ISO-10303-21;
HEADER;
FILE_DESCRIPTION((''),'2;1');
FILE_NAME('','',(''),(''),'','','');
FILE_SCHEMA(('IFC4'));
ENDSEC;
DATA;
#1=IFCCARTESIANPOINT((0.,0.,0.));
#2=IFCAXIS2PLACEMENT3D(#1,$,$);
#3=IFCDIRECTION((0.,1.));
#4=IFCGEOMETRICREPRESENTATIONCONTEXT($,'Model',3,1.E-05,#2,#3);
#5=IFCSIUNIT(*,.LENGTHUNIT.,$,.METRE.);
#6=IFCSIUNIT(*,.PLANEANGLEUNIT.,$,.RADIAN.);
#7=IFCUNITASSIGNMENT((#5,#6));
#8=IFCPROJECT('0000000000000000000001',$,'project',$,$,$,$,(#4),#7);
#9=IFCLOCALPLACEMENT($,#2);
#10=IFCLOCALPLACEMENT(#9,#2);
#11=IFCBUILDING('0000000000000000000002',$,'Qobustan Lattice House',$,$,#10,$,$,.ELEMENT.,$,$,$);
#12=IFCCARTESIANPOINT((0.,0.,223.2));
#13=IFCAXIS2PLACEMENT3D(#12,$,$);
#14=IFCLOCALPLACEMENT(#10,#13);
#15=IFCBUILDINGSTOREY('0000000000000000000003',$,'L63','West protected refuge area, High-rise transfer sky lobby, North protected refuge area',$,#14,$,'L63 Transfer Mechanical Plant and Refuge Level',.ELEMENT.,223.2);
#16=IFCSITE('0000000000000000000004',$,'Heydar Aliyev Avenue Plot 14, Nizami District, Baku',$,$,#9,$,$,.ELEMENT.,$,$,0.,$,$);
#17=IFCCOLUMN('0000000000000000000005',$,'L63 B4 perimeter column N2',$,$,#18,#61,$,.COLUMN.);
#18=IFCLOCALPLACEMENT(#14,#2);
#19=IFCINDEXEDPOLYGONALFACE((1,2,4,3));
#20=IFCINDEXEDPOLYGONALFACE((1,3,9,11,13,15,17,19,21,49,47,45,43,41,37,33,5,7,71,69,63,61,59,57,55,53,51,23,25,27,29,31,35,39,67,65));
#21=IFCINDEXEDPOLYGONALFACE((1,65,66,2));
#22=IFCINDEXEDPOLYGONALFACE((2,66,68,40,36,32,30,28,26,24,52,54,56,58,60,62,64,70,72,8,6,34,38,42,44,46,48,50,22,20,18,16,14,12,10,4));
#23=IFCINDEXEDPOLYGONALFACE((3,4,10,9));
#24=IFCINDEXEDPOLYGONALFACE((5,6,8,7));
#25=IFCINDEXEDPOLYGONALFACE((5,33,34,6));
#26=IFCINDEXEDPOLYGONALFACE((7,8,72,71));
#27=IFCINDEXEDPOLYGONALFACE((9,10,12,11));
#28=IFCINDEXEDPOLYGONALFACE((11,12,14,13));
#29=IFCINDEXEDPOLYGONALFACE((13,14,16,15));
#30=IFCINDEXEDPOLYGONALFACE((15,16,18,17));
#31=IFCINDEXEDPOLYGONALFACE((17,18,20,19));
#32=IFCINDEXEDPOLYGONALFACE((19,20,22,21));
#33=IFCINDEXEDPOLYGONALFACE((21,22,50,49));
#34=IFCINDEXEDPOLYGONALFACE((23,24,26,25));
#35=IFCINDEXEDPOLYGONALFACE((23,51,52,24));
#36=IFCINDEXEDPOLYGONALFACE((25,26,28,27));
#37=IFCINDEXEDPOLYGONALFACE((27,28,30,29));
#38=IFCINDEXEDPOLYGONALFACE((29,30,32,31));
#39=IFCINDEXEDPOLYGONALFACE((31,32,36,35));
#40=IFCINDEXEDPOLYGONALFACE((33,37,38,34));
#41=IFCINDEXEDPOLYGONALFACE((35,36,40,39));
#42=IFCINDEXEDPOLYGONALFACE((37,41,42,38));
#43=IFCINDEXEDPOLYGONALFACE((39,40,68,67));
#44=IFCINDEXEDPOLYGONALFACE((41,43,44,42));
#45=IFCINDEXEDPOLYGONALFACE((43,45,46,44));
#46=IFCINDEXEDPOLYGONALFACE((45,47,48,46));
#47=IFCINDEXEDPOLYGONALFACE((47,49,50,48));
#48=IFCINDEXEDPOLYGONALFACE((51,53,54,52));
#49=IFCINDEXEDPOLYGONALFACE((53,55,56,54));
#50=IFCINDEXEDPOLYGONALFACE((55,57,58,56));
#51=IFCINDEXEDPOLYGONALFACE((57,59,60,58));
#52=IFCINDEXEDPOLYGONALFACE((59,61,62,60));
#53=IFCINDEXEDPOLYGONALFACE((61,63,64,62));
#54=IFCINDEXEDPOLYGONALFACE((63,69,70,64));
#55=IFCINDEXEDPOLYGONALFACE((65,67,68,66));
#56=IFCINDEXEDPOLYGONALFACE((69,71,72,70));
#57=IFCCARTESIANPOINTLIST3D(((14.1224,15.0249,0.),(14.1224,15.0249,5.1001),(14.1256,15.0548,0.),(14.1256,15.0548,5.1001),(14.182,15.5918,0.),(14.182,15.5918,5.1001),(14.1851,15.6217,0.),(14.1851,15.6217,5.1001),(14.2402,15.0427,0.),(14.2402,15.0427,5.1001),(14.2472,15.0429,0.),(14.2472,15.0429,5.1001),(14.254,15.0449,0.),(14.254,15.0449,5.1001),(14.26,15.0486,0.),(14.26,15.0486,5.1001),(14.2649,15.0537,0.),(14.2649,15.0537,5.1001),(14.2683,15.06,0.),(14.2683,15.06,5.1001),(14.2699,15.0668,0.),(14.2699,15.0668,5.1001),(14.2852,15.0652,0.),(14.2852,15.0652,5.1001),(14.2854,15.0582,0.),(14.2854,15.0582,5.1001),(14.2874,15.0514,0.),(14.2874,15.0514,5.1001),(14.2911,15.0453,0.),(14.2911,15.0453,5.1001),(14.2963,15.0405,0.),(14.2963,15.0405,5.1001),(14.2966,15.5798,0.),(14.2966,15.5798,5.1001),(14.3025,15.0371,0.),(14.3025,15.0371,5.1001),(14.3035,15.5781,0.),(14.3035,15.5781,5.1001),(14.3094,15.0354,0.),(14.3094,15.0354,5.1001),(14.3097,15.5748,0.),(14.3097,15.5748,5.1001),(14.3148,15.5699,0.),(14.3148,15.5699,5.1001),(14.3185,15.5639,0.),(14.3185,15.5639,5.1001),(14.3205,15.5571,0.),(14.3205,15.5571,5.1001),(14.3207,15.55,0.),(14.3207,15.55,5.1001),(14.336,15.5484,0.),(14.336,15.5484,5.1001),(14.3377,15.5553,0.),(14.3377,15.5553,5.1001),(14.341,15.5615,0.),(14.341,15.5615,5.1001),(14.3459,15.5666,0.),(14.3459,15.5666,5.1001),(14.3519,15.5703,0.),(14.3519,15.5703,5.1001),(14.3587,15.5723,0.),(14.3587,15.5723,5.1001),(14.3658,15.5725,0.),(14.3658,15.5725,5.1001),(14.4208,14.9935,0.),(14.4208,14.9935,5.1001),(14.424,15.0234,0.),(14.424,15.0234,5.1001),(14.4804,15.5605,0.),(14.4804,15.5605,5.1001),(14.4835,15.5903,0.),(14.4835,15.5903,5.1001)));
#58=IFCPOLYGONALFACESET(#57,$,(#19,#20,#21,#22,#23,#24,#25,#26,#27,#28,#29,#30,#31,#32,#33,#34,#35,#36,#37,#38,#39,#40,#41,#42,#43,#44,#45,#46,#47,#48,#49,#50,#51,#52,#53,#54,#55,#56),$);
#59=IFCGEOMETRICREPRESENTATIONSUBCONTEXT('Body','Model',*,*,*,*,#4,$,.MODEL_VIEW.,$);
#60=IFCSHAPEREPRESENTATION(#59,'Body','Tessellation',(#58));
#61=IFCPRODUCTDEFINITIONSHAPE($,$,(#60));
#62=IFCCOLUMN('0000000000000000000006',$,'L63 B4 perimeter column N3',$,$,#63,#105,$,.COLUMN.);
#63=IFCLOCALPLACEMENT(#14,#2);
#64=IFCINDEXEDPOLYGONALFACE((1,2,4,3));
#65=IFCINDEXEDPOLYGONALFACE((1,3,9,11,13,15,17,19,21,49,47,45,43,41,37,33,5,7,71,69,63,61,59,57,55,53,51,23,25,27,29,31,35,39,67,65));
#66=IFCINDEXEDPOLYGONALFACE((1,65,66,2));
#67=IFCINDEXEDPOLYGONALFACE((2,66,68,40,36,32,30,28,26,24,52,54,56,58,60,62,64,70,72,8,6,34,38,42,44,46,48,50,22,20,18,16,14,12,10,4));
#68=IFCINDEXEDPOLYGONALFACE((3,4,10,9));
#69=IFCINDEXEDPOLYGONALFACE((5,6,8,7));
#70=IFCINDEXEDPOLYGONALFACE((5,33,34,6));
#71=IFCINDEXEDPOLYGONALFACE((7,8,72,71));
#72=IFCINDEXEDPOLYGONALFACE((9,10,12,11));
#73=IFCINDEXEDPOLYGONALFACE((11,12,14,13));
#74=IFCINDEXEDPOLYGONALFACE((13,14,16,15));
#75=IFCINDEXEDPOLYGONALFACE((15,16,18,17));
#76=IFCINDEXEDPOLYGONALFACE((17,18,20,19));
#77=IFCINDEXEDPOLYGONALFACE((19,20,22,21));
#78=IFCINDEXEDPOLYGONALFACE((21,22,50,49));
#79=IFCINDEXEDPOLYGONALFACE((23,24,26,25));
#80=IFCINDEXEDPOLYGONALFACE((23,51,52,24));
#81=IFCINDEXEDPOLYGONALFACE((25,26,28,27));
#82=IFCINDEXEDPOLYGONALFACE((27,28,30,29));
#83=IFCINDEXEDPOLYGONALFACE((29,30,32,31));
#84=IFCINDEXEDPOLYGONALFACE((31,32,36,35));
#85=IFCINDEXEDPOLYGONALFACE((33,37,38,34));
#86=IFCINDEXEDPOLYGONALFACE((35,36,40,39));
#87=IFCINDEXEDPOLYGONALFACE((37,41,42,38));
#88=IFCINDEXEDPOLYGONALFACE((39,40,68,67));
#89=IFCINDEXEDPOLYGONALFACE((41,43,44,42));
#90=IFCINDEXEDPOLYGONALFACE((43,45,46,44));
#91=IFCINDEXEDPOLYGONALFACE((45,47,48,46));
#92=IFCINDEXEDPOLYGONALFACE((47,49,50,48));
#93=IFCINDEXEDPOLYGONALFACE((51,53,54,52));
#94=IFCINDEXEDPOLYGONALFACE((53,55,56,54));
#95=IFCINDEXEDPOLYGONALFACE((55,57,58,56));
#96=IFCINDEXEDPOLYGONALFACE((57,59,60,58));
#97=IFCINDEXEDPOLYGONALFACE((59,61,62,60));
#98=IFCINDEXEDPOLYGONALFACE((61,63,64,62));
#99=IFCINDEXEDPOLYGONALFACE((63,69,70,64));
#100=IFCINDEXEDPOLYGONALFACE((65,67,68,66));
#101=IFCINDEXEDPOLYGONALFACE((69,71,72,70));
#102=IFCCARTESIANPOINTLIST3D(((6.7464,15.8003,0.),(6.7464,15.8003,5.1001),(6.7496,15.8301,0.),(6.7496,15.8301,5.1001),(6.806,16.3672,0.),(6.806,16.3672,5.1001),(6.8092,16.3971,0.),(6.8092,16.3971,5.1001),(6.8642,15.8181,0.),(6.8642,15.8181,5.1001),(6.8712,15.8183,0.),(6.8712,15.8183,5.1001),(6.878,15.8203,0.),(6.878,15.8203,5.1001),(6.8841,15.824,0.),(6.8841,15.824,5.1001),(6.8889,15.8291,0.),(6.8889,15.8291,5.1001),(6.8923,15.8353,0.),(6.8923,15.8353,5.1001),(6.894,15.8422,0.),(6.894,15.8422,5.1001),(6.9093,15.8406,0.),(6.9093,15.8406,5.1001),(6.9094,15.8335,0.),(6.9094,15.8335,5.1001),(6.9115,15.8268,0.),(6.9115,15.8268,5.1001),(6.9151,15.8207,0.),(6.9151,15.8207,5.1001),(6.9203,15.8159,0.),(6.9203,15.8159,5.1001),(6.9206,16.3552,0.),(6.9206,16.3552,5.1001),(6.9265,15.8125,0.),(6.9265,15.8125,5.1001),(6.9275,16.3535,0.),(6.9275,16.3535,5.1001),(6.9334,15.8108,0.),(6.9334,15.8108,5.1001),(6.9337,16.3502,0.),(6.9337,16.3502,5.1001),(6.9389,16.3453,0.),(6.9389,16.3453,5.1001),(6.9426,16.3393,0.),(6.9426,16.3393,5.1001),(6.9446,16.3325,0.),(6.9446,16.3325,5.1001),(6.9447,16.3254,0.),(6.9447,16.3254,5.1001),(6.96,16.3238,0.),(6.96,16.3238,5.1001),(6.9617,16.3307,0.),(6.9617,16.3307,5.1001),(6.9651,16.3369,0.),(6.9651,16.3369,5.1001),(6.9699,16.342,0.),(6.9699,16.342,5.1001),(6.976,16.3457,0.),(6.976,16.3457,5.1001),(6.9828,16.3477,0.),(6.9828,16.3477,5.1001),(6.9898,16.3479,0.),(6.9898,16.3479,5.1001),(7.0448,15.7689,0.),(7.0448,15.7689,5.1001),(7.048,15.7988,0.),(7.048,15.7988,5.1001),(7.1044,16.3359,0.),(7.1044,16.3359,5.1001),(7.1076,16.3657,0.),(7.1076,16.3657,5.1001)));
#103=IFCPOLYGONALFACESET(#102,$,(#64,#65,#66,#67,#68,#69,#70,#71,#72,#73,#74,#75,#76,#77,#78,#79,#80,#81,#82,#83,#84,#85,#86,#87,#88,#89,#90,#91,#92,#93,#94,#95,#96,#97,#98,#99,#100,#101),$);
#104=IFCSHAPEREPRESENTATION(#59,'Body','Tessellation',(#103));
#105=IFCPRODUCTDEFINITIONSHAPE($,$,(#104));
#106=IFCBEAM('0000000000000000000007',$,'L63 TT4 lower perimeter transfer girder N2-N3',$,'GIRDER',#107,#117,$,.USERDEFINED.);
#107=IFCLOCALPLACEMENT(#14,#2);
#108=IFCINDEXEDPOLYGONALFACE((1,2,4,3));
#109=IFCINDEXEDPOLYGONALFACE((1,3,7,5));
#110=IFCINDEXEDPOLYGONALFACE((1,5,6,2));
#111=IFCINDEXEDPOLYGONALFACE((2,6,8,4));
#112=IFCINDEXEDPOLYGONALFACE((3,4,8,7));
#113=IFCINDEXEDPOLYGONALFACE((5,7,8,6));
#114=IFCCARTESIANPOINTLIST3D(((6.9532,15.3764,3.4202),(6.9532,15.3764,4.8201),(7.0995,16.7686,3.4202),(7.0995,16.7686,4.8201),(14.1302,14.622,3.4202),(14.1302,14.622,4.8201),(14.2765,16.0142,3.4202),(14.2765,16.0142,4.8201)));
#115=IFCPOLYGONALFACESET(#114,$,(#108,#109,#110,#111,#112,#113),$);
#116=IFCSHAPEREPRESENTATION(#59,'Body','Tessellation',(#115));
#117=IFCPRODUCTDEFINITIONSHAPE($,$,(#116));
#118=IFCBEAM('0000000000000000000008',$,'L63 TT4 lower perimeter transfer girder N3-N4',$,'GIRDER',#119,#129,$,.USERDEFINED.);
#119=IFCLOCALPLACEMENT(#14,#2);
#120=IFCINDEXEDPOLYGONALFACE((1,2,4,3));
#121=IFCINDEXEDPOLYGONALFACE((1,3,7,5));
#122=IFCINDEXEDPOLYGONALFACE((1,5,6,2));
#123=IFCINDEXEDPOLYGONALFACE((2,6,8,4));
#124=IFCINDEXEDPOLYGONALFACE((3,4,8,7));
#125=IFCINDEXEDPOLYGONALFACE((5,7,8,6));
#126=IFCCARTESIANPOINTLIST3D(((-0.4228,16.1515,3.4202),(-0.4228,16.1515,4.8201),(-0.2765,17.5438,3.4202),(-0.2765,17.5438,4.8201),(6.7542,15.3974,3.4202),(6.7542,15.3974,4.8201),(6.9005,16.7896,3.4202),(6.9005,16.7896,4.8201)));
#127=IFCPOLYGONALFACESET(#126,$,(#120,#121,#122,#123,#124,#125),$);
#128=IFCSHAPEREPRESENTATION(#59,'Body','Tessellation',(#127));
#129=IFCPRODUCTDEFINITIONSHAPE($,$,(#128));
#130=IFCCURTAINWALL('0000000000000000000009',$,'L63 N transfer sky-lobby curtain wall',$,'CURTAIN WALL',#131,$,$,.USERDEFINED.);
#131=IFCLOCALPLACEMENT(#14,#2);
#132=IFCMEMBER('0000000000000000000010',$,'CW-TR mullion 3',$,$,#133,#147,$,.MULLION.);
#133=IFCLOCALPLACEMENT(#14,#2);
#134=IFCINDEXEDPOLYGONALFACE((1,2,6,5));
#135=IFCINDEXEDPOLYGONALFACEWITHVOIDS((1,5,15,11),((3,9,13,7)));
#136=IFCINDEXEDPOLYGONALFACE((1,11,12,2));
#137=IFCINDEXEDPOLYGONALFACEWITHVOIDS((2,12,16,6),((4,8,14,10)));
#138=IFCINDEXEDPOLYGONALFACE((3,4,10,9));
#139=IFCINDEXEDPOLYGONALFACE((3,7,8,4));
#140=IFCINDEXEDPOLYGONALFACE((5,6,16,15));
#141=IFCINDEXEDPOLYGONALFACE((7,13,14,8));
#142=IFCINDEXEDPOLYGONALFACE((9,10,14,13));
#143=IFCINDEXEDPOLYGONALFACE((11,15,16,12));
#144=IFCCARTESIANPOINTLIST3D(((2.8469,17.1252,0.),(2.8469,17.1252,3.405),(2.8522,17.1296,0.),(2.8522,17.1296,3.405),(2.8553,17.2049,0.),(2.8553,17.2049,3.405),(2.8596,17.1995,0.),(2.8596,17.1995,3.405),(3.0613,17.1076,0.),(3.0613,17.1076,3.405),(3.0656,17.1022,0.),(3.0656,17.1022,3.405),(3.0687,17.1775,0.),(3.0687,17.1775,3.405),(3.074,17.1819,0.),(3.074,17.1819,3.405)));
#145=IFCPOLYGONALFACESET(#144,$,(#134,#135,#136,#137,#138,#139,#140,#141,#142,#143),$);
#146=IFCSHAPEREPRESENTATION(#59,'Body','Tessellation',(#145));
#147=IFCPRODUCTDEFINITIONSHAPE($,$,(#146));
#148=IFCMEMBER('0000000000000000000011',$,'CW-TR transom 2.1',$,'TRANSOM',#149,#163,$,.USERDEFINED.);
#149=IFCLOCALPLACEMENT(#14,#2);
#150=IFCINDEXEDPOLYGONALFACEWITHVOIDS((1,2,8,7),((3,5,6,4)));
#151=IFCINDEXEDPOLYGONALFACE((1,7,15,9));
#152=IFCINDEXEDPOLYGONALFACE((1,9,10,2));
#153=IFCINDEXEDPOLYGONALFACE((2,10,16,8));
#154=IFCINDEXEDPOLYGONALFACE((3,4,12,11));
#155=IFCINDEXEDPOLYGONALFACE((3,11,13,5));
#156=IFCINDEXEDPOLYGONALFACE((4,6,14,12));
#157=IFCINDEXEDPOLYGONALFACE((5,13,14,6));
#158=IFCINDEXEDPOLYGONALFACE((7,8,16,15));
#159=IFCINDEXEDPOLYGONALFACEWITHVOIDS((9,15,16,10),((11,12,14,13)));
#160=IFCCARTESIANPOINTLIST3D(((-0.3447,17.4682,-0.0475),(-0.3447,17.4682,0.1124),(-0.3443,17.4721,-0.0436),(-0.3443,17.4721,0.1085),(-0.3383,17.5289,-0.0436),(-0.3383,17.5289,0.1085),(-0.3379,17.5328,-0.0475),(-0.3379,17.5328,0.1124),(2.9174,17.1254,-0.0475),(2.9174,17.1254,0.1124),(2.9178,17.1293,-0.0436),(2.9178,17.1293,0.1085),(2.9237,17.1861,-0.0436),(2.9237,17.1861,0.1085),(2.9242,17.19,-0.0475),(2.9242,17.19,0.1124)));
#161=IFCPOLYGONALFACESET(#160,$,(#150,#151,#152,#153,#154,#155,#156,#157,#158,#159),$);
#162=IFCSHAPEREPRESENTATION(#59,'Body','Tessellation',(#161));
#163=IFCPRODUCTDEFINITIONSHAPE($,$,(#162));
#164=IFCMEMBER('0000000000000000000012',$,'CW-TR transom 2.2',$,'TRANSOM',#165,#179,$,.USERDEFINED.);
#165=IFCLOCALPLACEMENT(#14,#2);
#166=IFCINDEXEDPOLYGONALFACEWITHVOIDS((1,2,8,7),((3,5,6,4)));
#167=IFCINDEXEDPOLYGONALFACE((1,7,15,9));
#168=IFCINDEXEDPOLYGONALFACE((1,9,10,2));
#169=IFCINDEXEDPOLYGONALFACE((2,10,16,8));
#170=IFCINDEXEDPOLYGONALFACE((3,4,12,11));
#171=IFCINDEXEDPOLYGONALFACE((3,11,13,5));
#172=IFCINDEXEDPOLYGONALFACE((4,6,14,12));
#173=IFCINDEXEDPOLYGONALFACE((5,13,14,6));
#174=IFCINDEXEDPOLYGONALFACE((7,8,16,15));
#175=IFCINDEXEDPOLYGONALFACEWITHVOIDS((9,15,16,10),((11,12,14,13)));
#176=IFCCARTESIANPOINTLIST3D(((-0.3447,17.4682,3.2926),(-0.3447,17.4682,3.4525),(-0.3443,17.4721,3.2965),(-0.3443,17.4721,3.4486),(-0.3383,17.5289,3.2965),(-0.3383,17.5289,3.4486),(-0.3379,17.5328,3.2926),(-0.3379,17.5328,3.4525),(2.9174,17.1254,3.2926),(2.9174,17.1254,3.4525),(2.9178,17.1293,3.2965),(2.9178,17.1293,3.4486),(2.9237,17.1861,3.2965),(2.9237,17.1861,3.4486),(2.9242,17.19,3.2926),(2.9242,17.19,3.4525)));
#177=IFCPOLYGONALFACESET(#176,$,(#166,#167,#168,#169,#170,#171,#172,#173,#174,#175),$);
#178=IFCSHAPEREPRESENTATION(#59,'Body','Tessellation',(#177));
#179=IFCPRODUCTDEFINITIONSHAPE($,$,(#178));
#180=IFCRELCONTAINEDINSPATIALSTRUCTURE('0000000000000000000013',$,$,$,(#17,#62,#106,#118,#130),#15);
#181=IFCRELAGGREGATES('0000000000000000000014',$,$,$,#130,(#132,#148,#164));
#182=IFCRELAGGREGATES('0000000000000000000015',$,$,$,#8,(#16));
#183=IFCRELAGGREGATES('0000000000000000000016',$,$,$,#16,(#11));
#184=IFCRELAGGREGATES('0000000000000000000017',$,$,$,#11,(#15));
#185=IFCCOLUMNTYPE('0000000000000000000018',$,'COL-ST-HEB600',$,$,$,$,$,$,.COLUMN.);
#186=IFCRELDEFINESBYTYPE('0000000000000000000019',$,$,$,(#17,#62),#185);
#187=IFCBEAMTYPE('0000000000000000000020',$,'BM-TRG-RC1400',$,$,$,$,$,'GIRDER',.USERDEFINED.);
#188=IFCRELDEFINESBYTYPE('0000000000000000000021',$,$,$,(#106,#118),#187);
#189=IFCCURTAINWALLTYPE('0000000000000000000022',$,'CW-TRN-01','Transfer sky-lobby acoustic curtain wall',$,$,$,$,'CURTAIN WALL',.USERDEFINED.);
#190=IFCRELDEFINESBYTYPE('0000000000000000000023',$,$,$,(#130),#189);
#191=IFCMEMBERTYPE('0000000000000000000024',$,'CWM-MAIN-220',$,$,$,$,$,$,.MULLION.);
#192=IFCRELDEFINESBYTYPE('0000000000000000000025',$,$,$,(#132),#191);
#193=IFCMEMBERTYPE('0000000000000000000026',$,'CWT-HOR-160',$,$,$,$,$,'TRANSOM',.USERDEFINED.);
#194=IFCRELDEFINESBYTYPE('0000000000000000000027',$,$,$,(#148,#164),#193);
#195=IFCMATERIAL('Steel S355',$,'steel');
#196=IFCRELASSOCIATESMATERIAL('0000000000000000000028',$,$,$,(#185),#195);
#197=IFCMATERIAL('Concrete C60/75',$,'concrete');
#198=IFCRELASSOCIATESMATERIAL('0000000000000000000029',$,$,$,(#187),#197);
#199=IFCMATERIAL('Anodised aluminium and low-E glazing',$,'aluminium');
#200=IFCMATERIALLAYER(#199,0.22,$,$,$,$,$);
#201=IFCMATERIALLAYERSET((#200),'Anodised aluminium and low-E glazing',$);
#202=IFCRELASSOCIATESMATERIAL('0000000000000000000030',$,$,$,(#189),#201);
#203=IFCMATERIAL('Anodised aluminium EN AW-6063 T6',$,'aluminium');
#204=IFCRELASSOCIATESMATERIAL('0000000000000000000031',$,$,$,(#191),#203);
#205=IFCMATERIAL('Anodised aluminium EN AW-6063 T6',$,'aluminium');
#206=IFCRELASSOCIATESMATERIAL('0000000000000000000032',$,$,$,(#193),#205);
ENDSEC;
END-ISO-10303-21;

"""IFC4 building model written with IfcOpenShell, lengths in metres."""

from ifc_helpers import new_model, si_unit, direction, frame, origin, origin_2d, place, context, subcontext, project, spatial, rectangle, hollow_rectangle, i_section, extrude, material, layer, layer_set, material_profile, profile_set, type_object, element, aggregate, save


model = new_model("IFC4")

# Units and contexts
model_context = context("Model", 3, precision=1e-05, world=origin(), true_north=direction((0.0, 1.0)))
body_context = subcontext(model_context, "Body", "Model", "MODEL_VIEW")
ifc_project = project(units=[si_unit("LENGTHUNIT", "METRE"), si_unit("PLANEANGLEUNIT", "RADIAN")], contexts=[model_context])

# Site, building, storey
site_placement = place(None, origin())
site = spatial("IfcSite", under=ifc_project, at=site_placement, Name="Heydar Aliyev Avenue Plot 14, Nizami District, Baku", CompositionType="ELEMENT", RefElevation=0.0)
building_placement = place(site_placement, origin())
building = spatial("IfcBuilding", under=site, at=building_placement, Name="Qobustan Lattice House", CompositionType="ELEMENT")
storey_placement = place(building_placement, frame((0.0, 0.0, 223.2)))
storey = spatial("IfcBuildingStorey", under=building, at=storey_placement, Name="L63", Description="West protected refuge area, High-rise transfer sky lobby, North protected refuge area", LongName="L63 Transfer Mechanical Plant and Refuge Level", CompositionType="ELEMENT", Elevation=223.2)

# Columns
ifc_material_1 = material(Name="Steel S355", Category="steel")
ifc_material_profile_1 = material_profile(ifc_material_1, i_section(OverallWidth=0.3, OverallDepth=0.6001, WebThickness=0.0154, FlangeThickness=0.03, FilletRadius=0.0271, at=origin_2d()), Name="HEB600")
ifc_profile_set_1 = profile_set([ifc_material_profile_1], Name="Steel S355")
column_type = type_object("IfcColumnType", Name="COL-ST-HEB600", PredefinedType="COLUMN", material=ifc_profile_set_1)
for number, where, z_axis, x_axis, name in (
    (1, (14.303, 15.3076, 0.0), (0.0, 0.0, 1.0), (0.994522, -0.104528, 0.0), "L63 B4 perimeter column N2"),
    (2, (6.927, 16.083, 0.0), (0.0, 0.0, 1.0), (0.994522, -0.104528, 0.0), "L63 B4 perimeter column N3"),
):
    element("IfcColumn", number, at=place(storey_placement, frame(where, z_axis=z_axis, x_axis=x_axis)), inside=storey, type_object=column_type, Name=name, PredefinedType="COLUMN", context=body_context, shape_type="SweptSolid", body=[
        extrude(i_section(OverallWidth=0.3, OverallDepth=0.6001, WebThickness=0.0154, FlangeThickness=0.03, FilletRadius=0.0271, at=origin_2d()), origin(), (0.0, 0.0, 1.0), 5.1001),
    ])

# Beams
ifc_material_2 = material(Name="Concrete C60/75", Category="concrete")
ifc_material_profile_2 = material_profile(ifc_material_2, rectangle(XDim=1.3999, YDim=1.3999, at=origin_2d()), Name="RC1400x1400")
ifc_profile_set_2 = profile_set([ifc_material_profile_2], Name="Concrete C60/75")
beam_type = type_object("IfcBeamType", Name="BM-TRG-RC1400", ElementType="GIRDER", PredefinedType="USERDEFINED", material=ifc_profile_set_2)
for number, where, z_axis, x_axis, name in (
    (3, (14.2034, 15.3181, 4.1201), (-0.994521, 0.104537, 0.0), (-0.104537, -0.994521, 0.0), "L63 TT4 lower perimeter transfer girder N2-N3"),
    (4, (6.8274, 16.0935, 4.1201), (-0.994525, 0.104503, 0.0), (-0.104503, -0.994525, 0.0), "L63 TT4 lower perimeter transfer girder N3-N4"),
):
    element("IfcBeam", number, at=place(storey_placement, frame(where, z_axis=z_axis, x_axis=x_axis)), inside=storey, type_object=beam_type, Name=name, ObjectType="GIRDER", PredefinedType="USERDEFINED", context=body_context, shape_type="SweptSolid", body=[
        extrude(rectangle(XDim=1.3999, YDim=1.3999, at=origin_2d()), origin(), (0.0, 0.0, 1.0), 7.2166),
    ])

# Curtain wall, members
ifc_material_3 = material(Name="Anodised aluminium and low-E glazing", Category="aluminium")
ifc_layer_1 = layer(ifc_material_3, 0.22)
ifc_layer_set_1 = layer_set([ifc_layer_1], Name="Anodised aluminium and low-E glazing")
curtain_wall_type = type_object("IfcCurtainWallType", Name="CW-TRN-01", Description="Transfer sky-lobby acoustic curtain wall", ElementType="CURTAIN WALL", PredefinedType="USERDEFINED", material=ifc_layer_set_1)
curtain_wall_placement = place(storey_placement, origin())
curtain_wall = element("IfcCurtainWall", 5, at=curtain_wall_placement, inside=storey, type_object=curtain_wall_type, Name="L63 N transfer sky-lobby curtain wall", ObjectType="CURTAIN WALL", PredefinedType="USERDEFINED")
ifc_material_4 = material(Name="Anodised aluminium EN AW-6063 T6", Category="aluminium")
ifc_material_profile_3 = material_profile(ifc_material_4, hollow_rectangle(XDim=0.0801, YDim=0.22, WallThickness=0.0049, at=origin_2d()), Name="CWM-220x80")
ifc_profile_set_3 = profile_set([ifc_material_profile_3], Name="Anodised aluminium EN AW-6063 T6")
member_type_1 = type_object("IfcMemberType", Name="CWM-MAIN-220", PredefinedType="MULLION", material=ifc_profile_set_3)
member_1_placement = place(storey_placement, frame((2.9604, 17.1536, 0.0), z_axis=(0.0, 0.0, 1.0), x_axis=(0.104529, 0.994522, 0.0)))
member_1 = element("IfcMember", 6, at=member_1_placement, type_object=member_type_1, Name="CW-TR mullion 3", PredefinedType="MULLION", context=body_context, shape_type="SweptSolid", body=[
    extrude(hollow_rectangle(XDim=0.0801, YDim=0.22, WallThickness=0.0049, at=origin_2d()), origin(), (0.0, 0.0, 1.0), 3.405),
])
ifc_material_5 = material(Name="Anodised aluminium EN AW-6063 T6", Category="aluminium")
ifc_material_profile_4 = material_profile(ifc_material_5, hollow_rectangle(XDim=0.0649, YDim=0.1599, WallThickness=0.0039, at=origin_2d()), Name="CWT-160x65")
ifc_profile_set_4 = profile_set([ifc_material_profile_4], Name="Anodised aluminium EN AW-6063 T6")
member_type_2 = type_object("IfcMemberType", Name="CWT-HOR-160", ElementType="TRANSOM", PredefinedType="USERDEFINED", material=ifc_profile_set_4)
member_2_placement = place(storey_placement, frame((-0.3413, 17.5005, 0.0325), z_axis=(0.994524, -0.104507, 0.0), x_axis=(0.104507, 0.994524, 0.0)))
member_2 = element("IfcMember", 7, at=member_2_placement, type_object=member_type_2, Name="CW-TR transom 2.1", ObjectType="TRANSOM", PredefinedType="USERDEFINED", context=body_context, shape_type="SweptSolid", body=[
    extrude(hollow_rectangle(XDim=0.0649, YDim=0.1599, WallThickness=0.0039, at=origin_2d()), origin(), (0.0, 0.0, 1.0), 3.28),
])
member_3_placement = place(storey_placement, frame((-0.3413, 17.5005, 3.3726), z_axis=(0.994524, -0.104507, 0.0), x_axis=(0.104507, 0.994524, 0.0)))
member_3 = element("IfcMember", 8, at=member_3_placement, type_object=member_type_2, Name="CW-TR transom 2.2", ObjectType="TRANSOM", PredefinedType="USERDEFINED", context=body_context, shape_type="SweptSolid", body=[
    extrude(hollow_rectangle(XDim=0.0649, YDim=0.1599, WallThickness=0.0039, at=origin_2d()), origin(), (0.0, 0.0, 1.0), 3.28),
])

aggregate(curtain_wall, [member_1, member_2, member_3])

save(model, "model.ifc")
